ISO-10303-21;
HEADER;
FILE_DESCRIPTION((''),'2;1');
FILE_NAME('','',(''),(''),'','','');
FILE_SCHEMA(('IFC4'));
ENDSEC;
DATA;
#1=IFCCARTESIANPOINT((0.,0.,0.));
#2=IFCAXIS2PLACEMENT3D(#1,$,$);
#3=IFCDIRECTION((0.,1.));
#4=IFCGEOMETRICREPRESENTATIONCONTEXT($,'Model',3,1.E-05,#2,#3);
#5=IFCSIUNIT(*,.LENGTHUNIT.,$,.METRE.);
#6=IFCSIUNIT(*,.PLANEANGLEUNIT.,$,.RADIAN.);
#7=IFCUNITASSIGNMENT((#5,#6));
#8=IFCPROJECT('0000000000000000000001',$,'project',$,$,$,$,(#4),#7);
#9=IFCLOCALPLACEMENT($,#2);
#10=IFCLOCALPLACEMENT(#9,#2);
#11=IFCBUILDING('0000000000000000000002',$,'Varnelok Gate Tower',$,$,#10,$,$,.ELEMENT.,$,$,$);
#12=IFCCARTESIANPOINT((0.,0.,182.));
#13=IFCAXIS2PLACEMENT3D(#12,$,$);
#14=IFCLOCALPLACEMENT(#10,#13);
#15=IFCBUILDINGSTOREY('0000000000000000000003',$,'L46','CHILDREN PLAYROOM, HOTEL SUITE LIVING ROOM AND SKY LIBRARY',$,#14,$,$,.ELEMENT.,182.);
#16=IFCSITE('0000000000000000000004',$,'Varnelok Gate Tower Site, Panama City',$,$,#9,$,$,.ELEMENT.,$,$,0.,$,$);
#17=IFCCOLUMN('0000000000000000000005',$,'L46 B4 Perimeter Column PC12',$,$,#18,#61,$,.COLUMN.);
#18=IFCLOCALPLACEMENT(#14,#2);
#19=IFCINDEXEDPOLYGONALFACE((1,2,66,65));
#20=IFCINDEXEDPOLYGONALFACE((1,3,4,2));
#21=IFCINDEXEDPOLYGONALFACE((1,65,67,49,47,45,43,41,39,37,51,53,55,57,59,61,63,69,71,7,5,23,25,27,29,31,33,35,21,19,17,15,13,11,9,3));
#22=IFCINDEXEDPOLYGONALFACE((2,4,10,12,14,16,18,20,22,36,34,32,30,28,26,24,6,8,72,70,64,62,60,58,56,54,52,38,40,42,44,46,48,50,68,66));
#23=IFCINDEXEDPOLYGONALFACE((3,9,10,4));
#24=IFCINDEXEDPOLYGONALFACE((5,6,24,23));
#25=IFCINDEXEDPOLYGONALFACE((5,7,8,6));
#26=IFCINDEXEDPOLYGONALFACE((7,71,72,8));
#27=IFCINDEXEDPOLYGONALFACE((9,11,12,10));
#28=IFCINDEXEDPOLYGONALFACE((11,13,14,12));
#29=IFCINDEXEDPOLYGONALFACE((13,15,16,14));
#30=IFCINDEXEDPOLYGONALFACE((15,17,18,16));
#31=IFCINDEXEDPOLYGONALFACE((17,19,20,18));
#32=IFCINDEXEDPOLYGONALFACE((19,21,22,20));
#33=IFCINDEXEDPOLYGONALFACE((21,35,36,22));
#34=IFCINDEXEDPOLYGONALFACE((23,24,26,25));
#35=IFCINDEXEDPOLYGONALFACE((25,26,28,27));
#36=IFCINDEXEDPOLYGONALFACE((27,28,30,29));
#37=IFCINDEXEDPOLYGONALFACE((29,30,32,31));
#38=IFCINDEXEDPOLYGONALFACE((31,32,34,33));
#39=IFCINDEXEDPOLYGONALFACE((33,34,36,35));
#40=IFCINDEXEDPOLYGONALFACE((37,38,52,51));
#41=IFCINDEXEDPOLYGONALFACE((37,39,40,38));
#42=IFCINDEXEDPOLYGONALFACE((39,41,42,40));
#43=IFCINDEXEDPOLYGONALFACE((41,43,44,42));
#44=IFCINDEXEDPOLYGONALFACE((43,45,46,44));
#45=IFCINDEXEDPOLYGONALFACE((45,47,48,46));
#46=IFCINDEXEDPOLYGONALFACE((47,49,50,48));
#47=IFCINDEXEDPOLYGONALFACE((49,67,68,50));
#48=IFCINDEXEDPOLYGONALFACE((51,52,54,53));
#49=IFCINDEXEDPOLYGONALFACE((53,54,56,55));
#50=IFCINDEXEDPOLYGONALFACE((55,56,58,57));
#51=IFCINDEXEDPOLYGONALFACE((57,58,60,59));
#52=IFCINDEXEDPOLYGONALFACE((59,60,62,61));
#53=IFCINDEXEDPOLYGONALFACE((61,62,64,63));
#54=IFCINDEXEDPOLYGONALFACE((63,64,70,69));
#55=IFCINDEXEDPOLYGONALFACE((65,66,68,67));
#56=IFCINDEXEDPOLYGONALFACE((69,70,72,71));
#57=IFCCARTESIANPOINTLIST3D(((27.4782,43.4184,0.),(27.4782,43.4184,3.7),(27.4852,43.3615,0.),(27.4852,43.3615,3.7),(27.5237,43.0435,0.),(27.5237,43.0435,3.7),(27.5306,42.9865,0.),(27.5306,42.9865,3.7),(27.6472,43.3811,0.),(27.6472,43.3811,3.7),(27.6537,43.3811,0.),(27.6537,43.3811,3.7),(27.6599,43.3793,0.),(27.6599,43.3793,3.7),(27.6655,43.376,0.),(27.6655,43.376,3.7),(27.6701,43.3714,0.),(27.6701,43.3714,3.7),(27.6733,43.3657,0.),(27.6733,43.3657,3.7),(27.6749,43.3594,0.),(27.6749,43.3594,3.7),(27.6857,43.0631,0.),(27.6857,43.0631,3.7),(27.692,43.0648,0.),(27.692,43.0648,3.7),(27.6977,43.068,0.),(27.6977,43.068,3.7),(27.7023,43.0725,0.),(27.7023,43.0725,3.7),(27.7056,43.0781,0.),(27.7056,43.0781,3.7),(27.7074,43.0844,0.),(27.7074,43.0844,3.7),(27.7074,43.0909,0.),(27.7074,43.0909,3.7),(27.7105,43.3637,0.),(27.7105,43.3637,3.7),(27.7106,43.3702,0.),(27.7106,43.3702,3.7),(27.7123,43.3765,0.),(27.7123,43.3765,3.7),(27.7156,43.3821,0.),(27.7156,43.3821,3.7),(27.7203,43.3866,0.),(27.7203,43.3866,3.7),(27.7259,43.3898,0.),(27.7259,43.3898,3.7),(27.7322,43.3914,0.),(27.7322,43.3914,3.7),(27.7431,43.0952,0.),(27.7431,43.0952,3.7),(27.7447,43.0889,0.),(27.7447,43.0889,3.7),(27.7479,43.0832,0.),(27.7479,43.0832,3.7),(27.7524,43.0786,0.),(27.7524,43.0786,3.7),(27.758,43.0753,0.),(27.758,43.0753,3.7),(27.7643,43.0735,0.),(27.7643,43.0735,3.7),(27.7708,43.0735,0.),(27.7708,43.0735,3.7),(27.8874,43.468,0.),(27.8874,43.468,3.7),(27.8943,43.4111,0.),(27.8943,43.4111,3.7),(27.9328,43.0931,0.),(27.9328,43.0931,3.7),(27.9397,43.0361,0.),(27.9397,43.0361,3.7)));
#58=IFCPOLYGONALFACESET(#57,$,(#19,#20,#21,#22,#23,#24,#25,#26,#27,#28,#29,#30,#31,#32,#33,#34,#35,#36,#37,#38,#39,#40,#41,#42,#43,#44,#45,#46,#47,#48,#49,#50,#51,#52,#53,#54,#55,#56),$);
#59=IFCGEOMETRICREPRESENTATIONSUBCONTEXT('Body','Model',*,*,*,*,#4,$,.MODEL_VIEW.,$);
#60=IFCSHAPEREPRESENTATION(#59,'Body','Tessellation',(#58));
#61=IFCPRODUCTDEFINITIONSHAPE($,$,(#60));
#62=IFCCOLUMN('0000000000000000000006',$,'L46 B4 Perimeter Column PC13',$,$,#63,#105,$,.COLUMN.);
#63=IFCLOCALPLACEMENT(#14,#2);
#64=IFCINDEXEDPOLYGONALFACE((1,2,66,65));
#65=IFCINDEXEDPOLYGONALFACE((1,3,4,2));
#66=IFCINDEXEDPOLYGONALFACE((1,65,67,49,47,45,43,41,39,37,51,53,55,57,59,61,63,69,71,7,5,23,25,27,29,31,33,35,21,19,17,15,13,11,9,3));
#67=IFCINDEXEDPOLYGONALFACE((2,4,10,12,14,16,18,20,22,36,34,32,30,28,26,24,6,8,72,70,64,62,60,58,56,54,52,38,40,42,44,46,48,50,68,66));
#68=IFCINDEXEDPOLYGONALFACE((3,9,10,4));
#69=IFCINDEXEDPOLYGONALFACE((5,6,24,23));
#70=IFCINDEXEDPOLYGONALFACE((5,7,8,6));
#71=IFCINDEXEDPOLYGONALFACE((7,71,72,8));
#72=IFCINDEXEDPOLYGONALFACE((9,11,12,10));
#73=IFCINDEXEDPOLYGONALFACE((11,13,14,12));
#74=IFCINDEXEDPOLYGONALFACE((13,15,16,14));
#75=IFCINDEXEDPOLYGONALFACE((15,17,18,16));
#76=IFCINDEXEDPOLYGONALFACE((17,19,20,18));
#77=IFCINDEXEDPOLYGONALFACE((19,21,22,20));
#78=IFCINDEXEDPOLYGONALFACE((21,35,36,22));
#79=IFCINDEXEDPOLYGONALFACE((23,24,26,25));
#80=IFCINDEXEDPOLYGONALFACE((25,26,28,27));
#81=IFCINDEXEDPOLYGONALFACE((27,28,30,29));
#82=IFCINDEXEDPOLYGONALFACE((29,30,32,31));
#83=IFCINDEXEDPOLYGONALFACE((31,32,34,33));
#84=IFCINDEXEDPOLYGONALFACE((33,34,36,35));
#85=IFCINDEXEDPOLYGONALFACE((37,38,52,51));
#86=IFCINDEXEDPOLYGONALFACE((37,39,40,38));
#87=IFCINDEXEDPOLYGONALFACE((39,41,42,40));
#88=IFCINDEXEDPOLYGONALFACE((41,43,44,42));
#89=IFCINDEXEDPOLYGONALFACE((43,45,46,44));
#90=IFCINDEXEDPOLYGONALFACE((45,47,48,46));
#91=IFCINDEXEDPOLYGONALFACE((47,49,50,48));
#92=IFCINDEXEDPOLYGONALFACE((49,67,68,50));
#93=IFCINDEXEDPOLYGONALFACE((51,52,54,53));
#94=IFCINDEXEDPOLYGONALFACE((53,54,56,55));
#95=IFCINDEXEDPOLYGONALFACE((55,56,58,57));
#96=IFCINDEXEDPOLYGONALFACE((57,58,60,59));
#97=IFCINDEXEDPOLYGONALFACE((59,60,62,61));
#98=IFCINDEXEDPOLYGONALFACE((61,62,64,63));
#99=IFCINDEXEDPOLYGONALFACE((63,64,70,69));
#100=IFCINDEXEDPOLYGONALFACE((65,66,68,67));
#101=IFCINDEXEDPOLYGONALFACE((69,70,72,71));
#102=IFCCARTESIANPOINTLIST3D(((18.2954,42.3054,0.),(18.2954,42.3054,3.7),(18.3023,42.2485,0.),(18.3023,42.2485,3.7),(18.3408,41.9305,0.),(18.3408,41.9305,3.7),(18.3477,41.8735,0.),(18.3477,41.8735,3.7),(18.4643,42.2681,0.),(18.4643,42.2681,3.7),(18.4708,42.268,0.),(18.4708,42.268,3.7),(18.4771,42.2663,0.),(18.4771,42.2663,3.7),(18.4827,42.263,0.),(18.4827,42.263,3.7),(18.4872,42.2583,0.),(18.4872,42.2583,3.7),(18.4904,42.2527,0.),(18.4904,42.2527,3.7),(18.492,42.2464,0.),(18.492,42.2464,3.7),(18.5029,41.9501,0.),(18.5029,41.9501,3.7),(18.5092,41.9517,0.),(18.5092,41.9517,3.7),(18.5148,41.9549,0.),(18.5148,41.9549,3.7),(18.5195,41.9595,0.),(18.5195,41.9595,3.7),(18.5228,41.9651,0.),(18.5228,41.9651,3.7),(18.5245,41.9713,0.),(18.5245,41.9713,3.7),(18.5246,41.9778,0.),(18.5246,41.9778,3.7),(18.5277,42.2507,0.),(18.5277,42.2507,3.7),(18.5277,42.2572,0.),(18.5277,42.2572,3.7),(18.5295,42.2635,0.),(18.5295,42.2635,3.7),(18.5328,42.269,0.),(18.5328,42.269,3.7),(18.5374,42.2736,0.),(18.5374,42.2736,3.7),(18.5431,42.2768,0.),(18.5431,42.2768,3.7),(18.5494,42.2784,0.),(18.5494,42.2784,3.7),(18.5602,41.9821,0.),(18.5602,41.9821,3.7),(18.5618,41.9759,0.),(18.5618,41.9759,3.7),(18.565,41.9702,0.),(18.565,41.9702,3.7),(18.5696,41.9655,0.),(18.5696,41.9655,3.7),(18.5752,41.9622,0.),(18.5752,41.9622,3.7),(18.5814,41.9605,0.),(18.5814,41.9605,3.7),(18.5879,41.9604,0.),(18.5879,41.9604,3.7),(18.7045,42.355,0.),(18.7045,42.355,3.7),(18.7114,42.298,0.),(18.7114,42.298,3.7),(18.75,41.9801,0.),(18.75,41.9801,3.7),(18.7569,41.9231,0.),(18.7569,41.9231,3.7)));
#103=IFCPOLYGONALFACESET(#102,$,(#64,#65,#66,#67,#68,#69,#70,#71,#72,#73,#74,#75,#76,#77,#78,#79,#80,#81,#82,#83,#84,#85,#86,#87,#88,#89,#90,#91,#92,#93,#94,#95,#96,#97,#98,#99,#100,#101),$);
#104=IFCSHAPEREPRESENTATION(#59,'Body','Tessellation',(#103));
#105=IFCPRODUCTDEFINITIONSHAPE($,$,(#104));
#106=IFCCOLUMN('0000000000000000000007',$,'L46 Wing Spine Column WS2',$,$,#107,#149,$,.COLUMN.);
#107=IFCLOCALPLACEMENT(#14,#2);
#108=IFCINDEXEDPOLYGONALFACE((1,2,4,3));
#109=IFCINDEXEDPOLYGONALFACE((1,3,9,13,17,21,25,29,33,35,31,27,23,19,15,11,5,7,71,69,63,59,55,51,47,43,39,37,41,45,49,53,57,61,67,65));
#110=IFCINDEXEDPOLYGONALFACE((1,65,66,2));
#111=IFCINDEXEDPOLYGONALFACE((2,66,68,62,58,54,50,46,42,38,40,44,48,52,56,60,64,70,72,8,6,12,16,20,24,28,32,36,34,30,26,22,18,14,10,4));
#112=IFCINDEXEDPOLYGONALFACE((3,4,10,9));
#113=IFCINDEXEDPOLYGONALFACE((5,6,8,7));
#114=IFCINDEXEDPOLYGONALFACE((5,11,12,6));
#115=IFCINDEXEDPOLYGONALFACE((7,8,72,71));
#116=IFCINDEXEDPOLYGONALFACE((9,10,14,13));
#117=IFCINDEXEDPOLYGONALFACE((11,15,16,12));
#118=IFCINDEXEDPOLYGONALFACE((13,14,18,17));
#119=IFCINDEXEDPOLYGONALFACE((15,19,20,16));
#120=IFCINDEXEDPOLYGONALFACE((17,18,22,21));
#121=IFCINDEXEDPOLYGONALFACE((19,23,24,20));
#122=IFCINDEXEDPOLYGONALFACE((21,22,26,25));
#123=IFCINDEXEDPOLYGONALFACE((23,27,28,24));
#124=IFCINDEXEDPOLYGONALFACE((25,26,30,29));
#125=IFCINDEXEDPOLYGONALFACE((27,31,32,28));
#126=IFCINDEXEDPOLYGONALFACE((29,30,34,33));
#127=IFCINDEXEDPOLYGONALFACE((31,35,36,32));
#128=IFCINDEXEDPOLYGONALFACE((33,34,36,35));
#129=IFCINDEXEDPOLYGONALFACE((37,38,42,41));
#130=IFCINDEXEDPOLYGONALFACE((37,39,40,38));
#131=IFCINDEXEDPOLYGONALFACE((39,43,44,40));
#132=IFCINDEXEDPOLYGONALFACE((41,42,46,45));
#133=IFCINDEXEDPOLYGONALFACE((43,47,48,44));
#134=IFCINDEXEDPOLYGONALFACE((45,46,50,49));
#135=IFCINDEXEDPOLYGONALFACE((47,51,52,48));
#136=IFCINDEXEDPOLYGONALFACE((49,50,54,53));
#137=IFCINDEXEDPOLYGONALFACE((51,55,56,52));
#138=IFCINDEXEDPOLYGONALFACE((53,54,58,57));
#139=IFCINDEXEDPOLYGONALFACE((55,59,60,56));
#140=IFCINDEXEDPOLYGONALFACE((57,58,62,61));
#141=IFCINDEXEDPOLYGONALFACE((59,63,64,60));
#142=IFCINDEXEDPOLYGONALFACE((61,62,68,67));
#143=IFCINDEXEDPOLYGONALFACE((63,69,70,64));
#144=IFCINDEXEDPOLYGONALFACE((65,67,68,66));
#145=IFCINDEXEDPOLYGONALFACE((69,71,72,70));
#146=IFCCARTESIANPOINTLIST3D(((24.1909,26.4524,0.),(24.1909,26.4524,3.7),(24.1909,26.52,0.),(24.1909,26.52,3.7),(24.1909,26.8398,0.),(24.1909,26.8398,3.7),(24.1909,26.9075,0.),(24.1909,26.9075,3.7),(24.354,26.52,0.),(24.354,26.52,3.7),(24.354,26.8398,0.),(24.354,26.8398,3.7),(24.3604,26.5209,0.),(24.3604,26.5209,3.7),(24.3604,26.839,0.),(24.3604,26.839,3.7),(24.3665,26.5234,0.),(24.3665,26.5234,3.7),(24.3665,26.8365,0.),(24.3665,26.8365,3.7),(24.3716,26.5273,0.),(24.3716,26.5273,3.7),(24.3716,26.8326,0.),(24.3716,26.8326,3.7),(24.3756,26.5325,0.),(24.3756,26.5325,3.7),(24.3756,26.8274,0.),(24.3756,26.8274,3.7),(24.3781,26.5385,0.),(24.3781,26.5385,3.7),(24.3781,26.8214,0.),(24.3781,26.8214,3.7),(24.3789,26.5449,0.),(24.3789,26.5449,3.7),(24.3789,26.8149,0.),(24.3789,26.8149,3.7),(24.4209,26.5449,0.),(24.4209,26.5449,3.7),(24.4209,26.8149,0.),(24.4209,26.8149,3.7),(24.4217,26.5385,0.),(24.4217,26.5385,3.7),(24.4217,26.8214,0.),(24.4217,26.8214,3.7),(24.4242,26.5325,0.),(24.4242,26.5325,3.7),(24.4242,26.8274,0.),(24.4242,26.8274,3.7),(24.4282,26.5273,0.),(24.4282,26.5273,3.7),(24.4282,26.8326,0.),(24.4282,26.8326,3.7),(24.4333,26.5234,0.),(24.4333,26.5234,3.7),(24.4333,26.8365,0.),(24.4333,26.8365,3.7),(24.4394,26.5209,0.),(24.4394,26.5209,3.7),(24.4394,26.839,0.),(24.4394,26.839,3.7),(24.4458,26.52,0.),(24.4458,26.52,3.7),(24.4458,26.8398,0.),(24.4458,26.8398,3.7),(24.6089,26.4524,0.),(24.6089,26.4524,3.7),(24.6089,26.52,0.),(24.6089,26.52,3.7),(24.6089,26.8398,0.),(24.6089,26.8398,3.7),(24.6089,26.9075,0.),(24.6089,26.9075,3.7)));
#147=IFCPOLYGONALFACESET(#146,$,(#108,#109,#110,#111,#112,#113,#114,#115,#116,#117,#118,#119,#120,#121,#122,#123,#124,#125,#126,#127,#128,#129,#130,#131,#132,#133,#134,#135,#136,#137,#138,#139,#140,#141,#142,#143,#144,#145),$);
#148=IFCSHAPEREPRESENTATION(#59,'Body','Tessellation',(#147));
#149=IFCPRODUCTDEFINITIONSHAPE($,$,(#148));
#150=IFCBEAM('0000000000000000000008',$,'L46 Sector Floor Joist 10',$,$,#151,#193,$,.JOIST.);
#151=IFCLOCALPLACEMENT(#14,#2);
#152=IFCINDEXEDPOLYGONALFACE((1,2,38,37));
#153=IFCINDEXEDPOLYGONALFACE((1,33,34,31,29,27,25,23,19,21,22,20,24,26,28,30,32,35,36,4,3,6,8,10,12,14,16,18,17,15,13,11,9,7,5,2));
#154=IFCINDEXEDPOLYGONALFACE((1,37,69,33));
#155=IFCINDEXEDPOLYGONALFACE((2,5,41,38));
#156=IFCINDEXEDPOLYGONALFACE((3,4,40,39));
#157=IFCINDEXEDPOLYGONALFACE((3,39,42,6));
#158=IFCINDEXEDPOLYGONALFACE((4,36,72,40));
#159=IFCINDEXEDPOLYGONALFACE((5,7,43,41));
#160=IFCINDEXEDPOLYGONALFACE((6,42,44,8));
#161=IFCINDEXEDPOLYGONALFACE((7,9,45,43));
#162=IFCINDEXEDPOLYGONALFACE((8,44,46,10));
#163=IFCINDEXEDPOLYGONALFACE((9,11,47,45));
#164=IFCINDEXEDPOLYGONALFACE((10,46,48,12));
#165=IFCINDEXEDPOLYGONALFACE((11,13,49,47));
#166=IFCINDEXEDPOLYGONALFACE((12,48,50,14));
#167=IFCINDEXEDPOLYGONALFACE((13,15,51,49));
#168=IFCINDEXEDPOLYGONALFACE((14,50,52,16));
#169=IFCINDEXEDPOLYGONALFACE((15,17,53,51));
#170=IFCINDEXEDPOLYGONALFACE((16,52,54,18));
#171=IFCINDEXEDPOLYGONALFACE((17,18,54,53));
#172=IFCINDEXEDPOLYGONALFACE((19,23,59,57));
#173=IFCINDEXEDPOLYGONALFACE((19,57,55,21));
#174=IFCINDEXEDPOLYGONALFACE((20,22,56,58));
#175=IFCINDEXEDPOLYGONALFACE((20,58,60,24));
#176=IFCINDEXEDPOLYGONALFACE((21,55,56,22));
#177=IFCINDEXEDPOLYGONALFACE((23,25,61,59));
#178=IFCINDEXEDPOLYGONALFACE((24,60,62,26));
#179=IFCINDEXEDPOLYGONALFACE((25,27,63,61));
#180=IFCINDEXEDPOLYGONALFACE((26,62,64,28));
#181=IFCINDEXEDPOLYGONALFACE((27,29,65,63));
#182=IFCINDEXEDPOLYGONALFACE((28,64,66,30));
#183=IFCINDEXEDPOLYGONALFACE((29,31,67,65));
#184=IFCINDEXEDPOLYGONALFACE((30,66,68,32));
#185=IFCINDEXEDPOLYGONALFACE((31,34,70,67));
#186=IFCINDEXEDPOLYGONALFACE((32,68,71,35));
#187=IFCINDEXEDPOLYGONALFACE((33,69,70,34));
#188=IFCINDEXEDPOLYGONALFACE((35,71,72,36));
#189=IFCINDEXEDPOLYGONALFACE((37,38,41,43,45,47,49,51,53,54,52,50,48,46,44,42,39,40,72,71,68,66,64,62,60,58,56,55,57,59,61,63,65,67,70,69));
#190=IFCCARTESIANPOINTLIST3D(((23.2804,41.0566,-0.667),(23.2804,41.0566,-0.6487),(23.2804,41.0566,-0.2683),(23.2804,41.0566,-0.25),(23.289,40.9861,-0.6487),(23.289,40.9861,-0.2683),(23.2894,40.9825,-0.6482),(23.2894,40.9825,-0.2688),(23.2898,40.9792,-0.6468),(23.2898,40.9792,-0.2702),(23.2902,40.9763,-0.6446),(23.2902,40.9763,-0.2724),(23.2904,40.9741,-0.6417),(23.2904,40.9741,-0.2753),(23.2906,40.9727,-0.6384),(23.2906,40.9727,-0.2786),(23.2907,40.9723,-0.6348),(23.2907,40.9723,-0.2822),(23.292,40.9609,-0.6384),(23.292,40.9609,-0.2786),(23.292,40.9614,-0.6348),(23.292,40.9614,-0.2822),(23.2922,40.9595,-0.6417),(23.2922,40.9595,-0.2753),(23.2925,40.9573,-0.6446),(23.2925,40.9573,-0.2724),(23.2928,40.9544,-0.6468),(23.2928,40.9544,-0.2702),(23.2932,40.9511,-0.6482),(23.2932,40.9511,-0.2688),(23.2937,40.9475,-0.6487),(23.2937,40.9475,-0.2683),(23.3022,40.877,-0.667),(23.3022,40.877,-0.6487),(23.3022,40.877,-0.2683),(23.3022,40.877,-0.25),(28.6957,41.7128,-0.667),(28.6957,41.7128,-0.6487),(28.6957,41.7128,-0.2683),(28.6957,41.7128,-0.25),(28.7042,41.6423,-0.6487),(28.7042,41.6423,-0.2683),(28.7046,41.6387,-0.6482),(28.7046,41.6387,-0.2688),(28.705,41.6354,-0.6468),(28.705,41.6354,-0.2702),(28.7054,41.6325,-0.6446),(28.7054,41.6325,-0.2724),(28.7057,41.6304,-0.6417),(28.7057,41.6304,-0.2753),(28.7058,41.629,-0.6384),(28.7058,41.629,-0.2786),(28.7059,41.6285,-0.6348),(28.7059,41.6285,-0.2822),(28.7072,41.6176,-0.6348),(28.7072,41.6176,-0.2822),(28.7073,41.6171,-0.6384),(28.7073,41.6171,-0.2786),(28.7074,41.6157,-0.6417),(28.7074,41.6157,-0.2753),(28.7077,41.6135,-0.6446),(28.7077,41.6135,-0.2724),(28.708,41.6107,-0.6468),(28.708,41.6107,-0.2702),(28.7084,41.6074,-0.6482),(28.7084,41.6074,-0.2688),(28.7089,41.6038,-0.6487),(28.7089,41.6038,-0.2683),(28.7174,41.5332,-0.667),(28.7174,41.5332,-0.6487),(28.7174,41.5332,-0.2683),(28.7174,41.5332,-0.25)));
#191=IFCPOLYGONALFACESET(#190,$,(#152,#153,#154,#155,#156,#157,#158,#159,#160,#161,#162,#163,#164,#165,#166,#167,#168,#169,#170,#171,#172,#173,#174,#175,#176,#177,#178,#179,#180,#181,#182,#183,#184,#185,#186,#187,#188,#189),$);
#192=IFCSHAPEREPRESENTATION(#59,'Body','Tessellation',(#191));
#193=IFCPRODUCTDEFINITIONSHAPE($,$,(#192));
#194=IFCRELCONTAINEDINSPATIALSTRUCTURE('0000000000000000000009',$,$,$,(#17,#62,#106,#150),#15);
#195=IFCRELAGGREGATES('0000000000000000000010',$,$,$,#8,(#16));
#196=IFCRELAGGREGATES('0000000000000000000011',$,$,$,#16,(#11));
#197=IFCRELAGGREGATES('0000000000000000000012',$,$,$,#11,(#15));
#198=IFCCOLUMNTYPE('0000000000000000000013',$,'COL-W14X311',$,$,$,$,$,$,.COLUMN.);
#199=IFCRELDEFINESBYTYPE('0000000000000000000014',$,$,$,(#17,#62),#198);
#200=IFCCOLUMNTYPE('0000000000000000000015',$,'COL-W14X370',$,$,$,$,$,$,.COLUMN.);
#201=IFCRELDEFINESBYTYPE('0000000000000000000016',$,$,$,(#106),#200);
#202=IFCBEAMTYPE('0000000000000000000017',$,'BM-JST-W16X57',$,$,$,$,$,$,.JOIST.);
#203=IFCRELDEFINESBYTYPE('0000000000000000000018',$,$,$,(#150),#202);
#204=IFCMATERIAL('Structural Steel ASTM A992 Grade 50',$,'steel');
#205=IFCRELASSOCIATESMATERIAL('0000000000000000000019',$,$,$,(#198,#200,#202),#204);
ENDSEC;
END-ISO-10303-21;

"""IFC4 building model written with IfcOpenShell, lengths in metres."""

from ifc_helpers import new_model, si_unit, direction, frame, origin, origin_2d, place, context, subcontext, project, spatial, i_section, extrude, material, material_profile, profile_set, type_object, element, save


model = new_model("IFC4")

# Units and contexts
model_context = context("Model", 3, precision=1e-05, world=origin(), true_north=direction((0.0, 1.0)))
body_context = subcontext(model_context, "Body", "Model", "MODEL_VIEW")
ifc_project = project(units=[si_unit("LENGTHUNIT", "METRE"), si_unit("PLANEANGLEUNIT", "RADIAN")], contexts=[model_context])

# Site, building, storey
site_placement = place(None, origin())
site = spatial("IfcSite", under=ifc_project, at=site_placement, Name="Varnelok Gate Tower Site, Panama City", CompositionType="ELEMENT", RefElevation=0.0)
building_placement = place(site_placement, origin())
building = spatial("IfcBuilding", under=site, at=building_placement, Name="Varnelok Gate Tower", CompositionType="ELEMENT")
storey_placement = place(building_placement, frame((0.0, 0.0, 182.0)))
storey = spatial("IfcBuildingStorey", under=building, at=storey_placement, Name="L46", Description="CHILDREN PLAYROOM, HOTEL SUITE LIVING ROOM AND SKY LIBRARY", CompositionType="ELEMENT", Elevation=182.0)

# Columns
ifc_material_1 = material(Name="Structural Steel ASTM A992 Grade 50", Category="steel")
ifc_material_profile_1 = material_profile(ifc_material_1, i_section(OverallWidth=0.4121, OverallDepth=0.4351, WebThickness=0.0359, FlangeThickness=0.0574, FilletRadius=0.0249, at=origin_2d()), Name="W14X311")
ifc_profile_set_1 = profile_set([ifc_material_profile_1], Name="Structural Steel ASTM A992 Grade 50")
column_type_1 = type_object("IfcColumnType", Name="COL-W14X311", PredefinedType="COLUMN", material=ifc_profile_set_1)
for number, where, z_axis, x_axis, name in (
    (1, (27.709, 43.2273, 0.0), (0.0, 0.0, 1.0), (0.992732, 0.120345, 0.0), "L46 B4 Perimeter Column PC12"),
    (2, (18.5261, 42.1143, 0.0), (0.0, 0.0, 1.0), (0.992732, 0.120345, 0.0), "L46 B4 Perimeter Column PC13"),
):
    element("IfcColumn", number, at=place(storey_placement, frame(where, z_axis=z_axis, x_axis=x_axis)), inside=storey, type_object=column_type_1, Name=name, PredefinedType="COLUMN", context=body_context, shape_type="SweptSolid", body=[
        extrude(i_section(OverallWidth=0.4121, OverallDepth=0.4351, WebThickness=0.0359, FlangeThickness=0.0574, FilletRadius=0.0249, at=origin_2d()), origin(), (0.0, 0.0, 1.0), 3.7),
    ])
ifc_material_profile_2 = material_profile(ifc_material_1, i_section(OverallWidth=0.418, OverallDepth=0.4551, WebThickness=0.042, FlangeThickness=0.0676, FilletRadius=0.0249, at=origin_2d()), Name="W14X370")
ifc_profile_set_2 = profile_set([ifc_material_profile_2], Name="Structural Steel ASTM A992 Grade 50")
column_type_2 = type_object("IfcColumnType", Name="COL-W14X370", PredefinedType="COLUMN", material=ifc_profile_set_2)
column_placement = place(storey_placement, frame((24.3999, 26.6799, 0.0), z_axis=(0.0, 0.0, 1.0), x_axis=(1.0, 0.0, 0.0)))
element("IfcColumn", 3, at=column_placement, inside=storey, type_object=column_type_2, Name="L46 Wing Spine Column WS2", PredefinedType="COLUMN", context=body_context, shape_type="SweptSolid", body=[
    extrude(i_section(OverallWidth=0.418, OverallDepth=0.4551, WebThickness=0.042, FlangeThickness=0.0676, FilletRadius=0.0249, at=origin_2d()), origin(), (0.0, 0.0, 1.0), 3.7),
])

# Beam
ifc_material_profile_3 = material_profile(ifc_material_1, i_section(OverallWidth=0.1809, OverallDepth=0.417, WebThickness=0.011, FlangeThickness=0.0183, FilletRadius=0.0139, at=origin_2d()), Name="W16X57")
ifc_profile_set_3 = profile_set([ifc_material_profile_3], Name="Structural Steel ASTM A992 Grade 50")
beam_type_1 = type_object("IfcBeamType", Name="BM-JST-W16X57", PredefinedType="JOIST", material=ifc_profile_set_3)
beam_1_placement = place(storey_placement, frame((28.7065, 41.623, -0.4585), z_axis=(-0.992737, -0.120305, 0.0), x_axis=(0.120305, -0.992737, 0.0)))
element("IfcBeam", 4, at=beam_1_placement, inside=storey, type_object=beam_type_1, Name="L46 Sector Floor Joist 10", PredefinedType="JOIST", context=body_context, shape_type="SweptSolid", body=[
    extrude(i_section(OverallWidth=0.1809, OverallDepth=0.417, WebThickness=0.011, FlangeThickness=0.0183, FilletRadius=0.0139, at=origin_2d()), origin(), (0.0, 0.0, 1.0), 5.4548),
])

save(model, "model.ifc")
